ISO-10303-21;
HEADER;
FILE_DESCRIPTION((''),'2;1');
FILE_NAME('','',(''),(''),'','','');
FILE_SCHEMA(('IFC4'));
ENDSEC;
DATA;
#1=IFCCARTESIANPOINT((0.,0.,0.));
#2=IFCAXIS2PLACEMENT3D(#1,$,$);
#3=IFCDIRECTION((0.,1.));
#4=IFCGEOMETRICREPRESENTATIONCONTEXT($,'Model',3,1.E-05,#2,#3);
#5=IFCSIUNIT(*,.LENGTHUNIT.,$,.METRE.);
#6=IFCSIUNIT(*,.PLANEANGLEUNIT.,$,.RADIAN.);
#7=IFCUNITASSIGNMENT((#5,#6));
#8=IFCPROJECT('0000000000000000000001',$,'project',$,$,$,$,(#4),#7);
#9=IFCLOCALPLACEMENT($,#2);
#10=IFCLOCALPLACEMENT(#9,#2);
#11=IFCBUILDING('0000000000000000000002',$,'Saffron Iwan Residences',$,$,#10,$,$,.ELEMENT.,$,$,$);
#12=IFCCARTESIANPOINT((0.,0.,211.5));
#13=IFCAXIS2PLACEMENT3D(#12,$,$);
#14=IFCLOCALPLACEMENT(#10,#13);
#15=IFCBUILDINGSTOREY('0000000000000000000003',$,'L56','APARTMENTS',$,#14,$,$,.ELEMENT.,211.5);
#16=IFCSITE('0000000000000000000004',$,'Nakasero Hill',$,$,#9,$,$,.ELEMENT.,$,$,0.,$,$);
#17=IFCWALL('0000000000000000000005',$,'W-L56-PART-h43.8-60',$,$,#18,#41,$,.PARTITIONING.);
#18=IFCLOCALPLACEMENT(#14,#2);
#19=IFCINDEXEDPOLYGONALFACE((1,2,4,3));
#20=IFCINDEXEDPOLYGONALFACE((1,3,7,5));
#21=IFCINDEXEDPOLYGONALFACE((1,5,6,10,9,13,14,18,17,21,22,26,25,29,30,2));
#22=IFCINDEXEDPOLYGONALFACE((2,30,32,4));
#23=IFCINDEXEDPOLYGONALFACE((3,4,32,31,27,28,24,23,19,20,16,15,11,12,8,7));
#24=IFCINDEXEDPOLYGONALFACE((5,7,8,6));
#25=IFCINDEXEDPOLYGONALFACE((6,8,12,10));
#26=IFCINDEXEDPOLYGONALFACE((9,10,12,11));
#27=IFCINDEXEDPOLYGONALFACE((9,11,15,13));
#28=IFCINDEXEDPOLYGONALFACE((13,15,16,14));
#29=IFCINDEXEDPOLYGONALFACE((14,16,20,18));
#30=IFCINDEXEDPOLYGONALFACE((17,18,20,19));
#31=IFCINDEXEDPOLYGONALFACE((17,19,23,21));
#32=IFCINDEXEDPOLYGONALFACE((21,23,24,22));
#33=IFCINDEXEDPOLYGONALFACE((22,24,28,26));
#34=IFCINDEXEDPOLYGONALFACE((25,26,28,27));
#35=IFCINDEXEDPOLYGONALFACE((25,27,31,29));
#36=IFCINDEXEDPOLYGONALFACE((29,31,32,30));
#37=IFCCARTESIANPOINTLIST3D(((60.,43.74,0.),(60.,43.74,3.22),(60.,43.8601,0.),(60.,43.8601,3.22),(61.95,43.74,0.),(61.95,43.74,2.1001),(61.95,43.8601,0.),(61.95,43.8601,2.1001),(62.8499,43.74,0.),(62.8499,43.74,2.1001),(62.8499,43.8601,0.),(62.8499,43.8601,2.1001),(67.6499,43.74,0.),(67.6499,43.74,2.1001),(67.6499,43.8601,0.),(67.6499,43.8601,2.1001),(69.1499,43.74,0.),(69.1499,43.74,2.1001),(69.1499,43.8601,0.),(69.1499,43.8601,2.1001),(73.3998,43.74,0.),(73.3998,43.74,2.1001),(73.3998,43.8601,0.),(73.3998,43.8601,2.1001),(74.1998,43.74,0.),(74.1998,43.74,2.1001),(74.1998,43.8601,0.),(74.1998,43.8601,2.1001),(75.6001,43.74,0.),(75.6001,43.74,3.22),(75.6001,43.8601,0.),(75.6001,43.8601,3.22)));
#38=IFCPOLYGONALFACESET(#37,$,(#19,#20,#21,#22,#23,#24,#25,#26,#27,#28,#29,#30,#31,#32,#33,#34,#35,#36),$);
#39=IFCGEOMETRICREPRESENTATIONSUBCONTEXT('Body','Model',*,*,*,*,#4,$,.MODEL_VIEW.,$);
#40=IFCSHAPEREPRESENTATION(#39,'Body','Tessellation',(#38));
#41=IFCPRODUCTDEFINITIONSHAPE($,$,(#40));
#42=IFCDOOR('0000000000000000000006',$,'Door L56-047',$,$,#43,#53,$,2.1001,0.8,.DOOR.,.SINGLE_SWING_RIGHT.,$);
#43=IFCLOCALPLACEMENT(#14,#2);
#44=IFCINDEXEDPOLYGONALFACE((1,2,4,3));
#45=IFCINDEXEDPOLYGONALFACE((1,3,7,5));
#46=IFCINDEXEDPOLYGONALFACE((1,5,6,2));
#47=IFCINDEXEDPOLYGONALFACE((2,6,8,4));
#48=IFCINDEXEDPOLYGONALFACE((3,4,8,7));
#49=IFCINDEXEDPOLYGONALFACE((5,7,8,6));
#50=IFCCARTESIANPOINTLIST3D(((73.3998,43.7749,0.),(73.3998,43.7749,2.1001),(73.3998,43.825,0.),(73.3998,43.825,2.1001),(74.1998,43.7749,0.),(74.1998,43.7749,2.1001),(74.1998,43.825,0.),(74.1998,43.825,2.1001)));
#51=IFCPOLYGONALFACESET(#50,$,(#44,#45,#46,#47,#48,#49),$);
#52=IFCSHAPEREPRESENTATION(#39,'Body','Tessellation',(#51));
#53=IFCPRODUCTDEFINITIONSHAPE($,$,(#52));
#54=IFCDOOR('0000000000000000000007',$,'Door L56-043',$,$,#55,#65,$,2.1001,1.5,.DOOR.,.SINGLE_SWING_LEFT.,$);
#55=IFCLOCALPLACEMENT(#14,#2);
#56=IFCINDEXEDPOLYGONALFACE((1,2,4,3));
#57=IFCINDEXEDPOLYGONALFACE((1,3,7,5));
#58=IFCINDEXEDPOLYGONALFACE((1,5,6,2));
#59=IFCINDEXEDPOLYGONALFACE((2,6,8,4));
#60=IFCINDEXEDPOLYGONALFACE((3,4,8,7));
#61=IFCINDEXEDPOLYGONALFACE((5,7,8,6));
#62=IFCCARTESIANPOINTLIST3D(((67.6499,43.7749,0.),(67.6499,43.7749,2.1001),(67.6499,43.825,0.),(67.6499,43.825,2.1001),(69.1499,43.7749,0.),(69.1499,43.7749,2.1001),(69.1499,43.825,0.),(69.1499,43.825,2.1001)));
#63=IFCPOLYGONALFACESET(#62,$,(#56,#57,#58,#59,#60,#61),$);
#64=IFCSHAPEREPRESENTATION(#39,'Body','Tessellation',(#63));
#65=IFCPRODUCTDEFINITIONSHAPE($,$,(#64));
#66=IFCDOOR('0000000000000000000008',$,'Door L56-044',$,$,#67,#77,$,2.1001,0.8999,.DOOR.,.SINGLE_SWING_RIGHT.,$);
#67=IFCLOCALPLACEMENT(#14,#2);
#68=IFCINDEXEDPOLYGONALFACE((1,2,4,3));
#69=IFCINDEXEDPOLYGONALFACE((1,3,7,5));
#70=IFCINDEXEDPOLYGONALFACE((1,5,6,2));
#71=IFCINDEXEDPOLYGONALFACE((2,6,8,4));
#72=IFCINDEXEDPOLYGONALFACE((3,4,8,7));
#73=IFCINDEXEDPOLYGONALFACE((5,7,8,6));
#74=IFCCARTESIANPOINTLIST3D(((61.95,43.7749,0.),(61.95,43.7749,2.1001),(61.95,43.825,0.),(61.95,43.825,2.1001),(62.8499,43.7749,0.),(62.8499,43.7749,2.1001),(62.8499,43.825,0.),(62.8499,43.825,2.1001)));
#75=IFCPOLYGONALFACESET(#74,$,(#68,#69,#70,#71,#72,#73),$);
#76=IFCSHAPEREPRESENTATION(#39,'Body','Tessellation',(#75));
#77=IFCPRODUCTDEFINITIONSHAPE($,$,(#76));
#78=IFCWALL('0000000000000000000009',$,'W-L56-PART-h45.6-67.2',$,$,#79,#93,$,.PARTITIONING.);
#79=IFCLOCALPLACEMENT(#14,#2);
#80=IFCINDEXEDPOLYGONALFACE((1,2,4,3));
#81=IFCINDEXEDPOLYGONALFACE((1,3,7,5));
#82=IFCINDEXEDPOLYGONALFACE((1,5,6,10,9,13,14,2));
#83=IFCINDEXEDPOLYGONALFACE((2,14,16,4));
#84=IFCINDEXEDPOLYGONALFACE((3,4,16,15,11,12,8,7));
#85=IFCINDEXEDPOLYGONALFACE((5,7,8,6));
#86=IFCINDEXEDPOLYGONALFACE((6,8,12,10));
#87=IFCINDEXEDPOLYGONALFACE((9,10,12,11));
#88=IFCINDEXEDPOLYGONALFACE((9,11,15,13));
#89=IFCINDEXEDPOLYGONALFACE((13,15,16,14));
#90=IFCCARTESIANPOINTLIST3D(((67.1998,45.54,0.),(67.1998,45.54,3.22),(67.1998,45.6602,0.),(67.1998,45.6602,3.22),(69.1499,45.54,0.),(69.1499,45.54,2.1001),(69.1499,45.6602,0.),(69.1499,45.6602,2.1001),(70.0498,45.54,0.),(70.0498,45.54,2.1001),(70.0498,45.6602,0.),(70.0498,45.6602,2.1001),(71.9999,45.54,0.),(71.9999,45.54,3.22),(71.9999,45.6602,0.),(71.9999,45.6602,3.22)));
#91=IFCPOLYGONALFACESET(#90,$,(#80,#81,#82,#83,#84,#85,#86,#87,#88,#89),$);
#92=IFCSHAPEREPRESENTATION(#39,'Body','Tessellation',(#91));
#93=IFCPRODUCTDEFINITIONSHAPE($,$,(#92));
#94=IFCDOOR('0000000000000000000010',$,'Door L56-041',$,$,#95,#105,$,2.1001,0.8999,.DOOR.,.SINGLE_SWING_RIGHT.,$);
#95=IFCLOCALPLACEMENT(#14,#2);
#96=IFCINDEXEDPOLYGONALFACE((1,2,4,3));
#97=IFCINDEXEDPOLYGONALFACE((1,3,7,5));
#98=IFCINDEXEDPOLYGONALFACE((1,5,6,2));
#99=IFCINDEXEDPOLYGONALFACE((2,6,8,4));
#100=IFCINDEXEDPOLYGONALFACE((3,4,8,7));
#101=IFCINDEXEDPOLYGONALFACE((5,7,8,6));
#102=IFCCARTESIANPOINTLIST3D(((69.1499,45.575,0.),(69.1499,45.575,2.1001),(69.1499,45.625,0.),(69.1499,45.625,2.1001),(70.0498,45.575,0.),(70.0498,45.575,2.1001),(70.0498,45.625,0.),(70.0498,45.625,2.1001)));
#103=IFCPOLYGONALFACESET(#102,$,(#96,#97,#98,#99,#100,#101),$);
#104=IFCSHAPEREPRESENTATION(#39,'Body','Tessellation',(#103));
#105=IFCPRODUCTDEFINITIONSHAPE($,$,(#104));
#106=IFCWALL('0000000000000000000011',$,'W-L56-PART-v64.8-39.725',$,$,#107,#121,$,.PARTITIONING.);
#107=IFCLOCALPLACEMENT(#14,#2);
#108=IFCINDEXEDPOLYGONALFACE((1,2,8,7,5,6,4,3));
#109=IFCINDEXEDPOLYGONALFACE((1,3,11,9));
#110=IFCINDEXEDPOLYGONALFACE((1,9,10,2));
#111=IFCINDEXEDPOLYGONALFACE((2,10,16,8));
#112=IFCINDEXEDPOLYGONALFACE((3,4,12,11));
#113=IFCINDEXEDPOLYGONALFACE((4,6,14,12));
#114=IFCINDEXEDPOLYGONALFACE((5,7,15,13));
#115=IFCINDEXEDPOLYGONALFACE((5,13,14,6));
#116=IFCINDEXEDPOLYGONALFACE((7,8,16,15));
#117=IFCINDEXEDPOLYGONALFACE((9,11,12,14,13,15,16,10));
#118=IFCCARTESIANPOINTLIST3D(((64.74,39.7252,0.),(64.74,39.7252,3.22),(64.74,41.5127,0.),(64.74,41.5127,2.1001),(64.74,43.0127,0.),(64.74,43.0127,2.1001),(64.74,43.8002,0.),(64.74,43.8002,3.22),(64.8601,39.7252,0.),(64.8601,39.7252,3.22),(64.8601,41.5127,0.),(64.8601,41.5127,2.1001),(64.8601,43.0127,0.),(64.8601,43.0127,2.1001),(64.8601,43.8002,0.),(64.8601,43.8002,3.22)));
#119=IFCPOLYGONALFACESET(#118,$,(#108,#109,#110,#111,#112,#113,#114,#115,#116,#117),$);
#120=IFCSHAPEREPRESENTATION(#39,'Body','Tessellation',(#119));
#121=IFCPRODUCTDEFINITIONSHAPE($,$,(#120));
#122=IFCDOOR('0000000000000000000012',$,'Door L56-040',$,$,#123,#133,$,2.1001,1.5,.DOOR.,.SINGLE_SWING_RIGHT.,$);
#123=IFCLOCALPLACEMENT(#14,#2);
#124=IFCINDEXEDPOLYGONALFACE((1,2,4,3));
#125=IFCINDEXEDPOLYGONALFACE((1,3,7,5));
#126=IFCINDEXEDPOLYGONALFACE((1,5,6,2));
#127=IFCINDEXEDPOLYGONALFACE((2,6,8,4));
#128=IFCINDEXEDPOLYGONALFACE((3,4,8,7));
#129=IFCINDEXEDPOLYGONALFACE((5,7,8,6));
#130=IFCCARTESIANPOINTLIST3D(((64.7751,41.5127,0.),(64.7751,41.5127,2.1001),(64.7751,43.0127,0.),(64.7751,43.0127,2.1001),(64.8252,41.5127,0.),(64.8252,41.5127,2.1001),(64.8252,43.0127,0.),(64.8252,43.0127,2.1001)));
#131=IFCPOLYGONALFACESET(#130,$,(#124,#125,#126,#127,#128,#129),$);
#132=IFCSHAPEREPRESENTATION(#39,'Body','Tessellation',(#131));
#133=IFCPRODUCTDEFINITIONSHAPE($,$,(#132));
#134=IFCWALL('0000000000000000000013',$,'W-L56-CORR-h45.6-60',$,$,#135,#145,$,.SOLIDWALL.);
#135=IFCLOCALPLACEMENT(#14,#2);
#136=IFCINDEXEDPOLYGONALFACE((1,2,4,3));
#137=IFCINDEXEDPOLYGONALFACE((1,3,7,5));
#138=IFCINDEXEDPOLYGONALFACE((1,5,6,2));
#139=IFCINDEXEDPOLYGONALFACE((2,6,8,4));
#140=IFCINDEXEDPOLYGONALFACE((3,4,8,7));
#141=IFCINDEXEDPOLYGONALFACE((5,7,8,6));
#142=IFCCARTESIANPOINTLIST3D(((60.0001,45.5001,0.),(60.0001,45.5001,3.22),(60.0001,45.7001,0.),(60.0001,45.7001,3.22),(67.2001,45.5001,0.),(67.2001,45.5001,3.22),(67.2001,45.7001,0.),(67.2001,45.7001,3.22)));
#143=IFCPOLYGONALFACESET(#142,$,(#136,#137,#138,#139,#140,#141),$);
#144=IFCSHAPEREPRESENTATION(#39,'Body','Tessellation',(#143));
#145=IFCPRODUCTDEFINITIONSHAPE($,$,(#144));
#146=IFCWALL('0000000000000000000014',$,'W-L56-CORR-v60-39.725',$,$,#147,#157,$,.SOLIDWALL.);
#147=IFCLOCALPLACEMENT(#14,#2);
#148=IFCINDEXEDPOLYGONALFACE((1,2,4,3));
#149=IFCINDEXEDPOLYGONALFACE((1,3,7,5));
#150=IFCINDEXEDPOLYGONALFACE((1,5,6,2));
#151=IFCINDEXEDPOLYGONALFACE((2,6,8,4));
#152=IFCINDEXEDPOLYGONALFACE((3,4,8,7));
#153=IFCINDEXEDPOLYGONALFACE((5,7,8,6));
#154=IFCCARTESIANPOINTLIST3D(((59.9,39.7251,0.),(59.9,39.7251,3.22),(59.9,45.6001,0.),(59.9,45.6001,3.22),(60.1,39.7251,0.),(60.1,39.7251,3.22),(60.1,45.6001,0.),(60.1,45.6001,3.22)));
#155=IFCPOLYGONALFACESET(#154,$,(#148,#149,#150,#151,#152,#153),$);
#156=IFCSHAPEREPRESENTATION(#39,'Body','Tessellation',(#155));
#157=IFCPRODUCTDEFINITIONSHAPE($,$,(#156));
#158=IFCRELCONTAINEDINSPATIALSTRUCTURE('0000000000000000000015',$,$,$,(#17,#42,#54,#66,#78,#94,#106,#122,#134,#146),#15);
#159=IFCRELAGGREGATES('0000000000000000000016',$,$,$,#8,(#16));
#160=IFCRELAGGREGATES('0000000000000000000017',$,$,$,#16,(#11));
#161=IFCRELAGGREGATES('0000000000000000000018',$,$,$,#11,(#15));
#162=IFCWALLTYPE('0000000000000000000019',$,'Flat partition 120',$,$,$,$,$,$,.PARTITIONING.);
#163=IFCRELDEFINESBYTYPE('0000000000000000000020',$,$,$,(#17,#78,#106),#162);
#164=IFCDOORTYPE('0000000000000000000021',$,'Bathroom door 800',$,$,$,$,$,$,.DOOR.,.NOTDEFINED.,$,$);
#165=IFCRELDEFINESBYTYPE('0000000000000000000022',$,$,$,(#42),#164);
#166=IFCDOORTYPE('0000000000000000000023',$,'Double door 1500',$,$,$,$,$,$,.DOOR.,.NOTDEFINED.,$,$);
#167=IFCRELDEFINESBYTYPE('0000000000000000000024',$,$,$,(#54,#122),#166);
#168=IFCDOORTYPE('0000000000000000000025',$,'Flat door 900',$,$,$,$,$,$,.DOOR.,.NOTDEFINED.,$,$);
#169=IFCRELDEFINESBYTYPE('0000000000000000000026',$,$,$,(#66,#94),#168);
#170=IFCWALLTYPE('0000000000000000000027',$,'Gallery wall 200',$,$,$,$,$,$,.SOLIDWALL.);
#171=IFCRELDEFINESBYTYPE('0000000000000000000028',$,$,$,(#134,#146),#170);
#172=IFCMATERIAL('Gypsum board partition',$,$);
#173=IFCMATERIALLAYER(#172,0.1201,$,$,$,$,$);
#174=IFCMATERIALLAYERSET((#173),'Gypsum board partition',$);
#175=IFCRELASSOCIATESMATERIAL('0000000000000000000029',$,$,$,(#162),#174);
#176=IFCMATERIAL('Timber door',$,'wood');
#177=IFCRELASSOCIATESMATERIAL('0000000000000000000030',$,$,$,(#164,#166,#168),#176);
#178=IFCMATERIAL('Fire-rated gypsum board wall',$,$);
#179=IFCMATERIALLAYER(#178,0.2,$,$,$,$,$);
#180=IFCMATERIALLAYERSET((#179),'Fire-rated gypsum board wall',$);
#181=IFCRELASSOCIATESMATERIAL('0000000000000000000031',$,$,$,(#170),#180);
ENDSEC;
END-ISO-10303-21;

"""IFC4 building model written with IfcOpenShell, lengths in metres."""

from ifc_helpers import new_model, si_unit, direction, frame, frame_2d, origin, place, context, subcontext, project, spatial, rectangle, extrude, material, layer, layer_set, type_object, element, fill, save


model = new_model("IFC4")

# Units and contexts
model_context = context("Model", 3, precision=1e-05, world=origin(), true_north=direction((0.0, 1.0)))
body_context = subcontext(model_context, "Body", "Model", "MODEL_VIEW")
ifc_project = project(units=[si_unit("LENGTHUNIT", "METRE"), si_unit("PLANEANGLEUNIT", "RADIAN")], contexts=[model_context])

# Site, building, storey
site_placement = place(None, origin())
site = spatial("IfcSite", under=ifc_project, at=site_placement, Name="Nakasero Hill", CompositionType="ELEMENT", RefElevation=0.0)
building_placement = place(site_placement, origin())
building = spatial("IfcBuilding", under=site, at=building_placement, Name="Saffron Iwan Residences", CompositionType="ELEMENT")
storey_placement = place(building_placement, frame((0.0, 0.0, 211.5)))
storey = spatial("IfcBuildingStorey", under=building, at=storey_placement, Name="L56", Description="APARTMENTS", CompositionType="ELEMENT", Elevation=211.5)

# Wall, openings, doors
ifc_material_1 = material(Name="Gypsum board partition")
ifc_layer_1 = layer(ifc_material_1, 0.1201)
ifc_layer_set_1 = layer_set([ifc_layer_1], Name="Gypsum board partition")
wall_type_1 = type_object("IfcWallType", Name="Flat partition 120", PredefinedType="PARTITIONING", material=ifc_layer_set_1)
wall_1_placement = place(storey_placement, frame((60.0, 43.8, 0.0), z_axis=(0.0, 0.0, 1.0), x_axis=(1.0, 0.0, 0.0)))
wall_1 = element("IfcWall", 1, at=wall_1_placement, inside=storey, type_object=wall_type_1, Name="W-L56-PART-h43.8-60", PredefinedType="PARTITIONING", context=body_context, shape_type="SweptSolid", body=[
    extrude(rectangle(XDim=15.6001, YDim=0.1201, at=frame_2d((7.8, 0.0))), origin(), (0.0, 0.0, 1.0), 3.22),
])
opening_1_placement = place(wall_1_placement, frame((7.6499, 0.0, 0.0)))
opening_1 = element("IfcOpeningElement", 2, at=opening_1_placement, cuts=wall_1, PredefinedType="OPENING", context=body_context, shape_type="SweptSolid", body=[
    extrude(rectangle(XDim=1.5, YDim=2.1001, at=frame_2d((0.75, 1.05))), frame((0.0, 0.0701, 0.0), z_axis=(0.0, -1.0, 0.0), x_axis=(1.0, 0.0, 0.0)), (0.0, 0.0, 1.0), 0.1401),
])
opening_2_placement = place(wall_1_placement, frame((1.95, 0.0, 0.0)))
opening_2 = element("IfcOpeningElement", 3, at=opening_2_placement, cuts=wall_1, PredefinedType="OPENING", context=body_context, shape_type="SweptSolid", body=[
    extrude(rectangle(XDim=0.8999, YDim=2.1001, at=frame_2d((0.45, 1.05))), frame((0.0, 0.0701, 0.0), z_axis=(0.0, -1.0, 0.0), x_axis=(1.0, 0.0, 0.0)), (0.0, 0.0, 1.0), 0.1401),
])
opening_3_placement = place(wall_1_placement, frame((13.3999, 0.0, 0.0)))
opening_3 = element("IfcOpeningElement", 4, at=opening_3_placement, cuts=wall_1, PredefinedType="OPENING", context=body_context, shape_type="SweptSolid", body=[
    extrude(rectangle(XDim=0.8, YDim=2.1001, at=frame_2d((0.3999, 1.05))), frame((0.0, 0.0701, 0.0), z_axis=(0.0, -1.0, 0.0), x_axis=(1.0, 0.0, 0.0)), (0.0, 0.0, 1.0), 0.1401),
])
ifc_material_2 = material(Name="Timber door", Category="wood")
door_type_1 = type_object("IfcDoorType", Name="Bathroom door 800", OperationType="NOTDEFINED", PredefinedType="DOOR", material=ifc_material_2)
door_1_placement = place(opening_3_placement, origin())
door_1 = element("IfcDoor", 5, at=door_1_placement, inside=storey, type_object=door_type_1, Name="Door L56-047", OperationType="SINGLE_SWING_RIGHT", OverallHeight=2.1001, OverallWidth=0.8, PredefinedType="DOOR", context=body_context, shape_type="SweptSolid", body=[
    extrude(rectangle(XDim=0.8, YDim=2.1001, at=frame_2d((0.3999, 1.05))), frame((0.0, 0.0249, 0.0), z_axis=(0.0, -1.0, 0.0), x_axis=(1.0, 0.0, 0.0)), (0.0, 0.0, 1.0), 0.05),
])
fill(opening_3, door_1)
door_type_2 = type_object("IfcDoorType", Name="Double door 1500", OperationType="NOTDEFINED", PredefinedType="DOOR", material=ifc_material_2)
door_2_placement = place(opening_1_placement, origin())
door_2 = element("IfcDoor", 6, at=door_2_placement, inside=storey, type_object=door_type_2, Name="Door L56-043", OperationType="SINGLE_SWING_LEFT", OverallHeight=2.1001, OverallWidth=1.5, PredefinedType="DOOR", context=body_context, shape_type="SweptSolid", body=[
    extrude(rectangle(XDim=1.5, YDim=2.1001, at=frame_2d((0.75, 1.05))), frame((0.0, 0.0249, 0.0), z_axis=(0.0, -1.0, 0.0), x_axis=(1.0, 0.0, 0.0)), (0.0, 0.0, 1.0), 0.05),
])
fill(opening_1, door_2)
door_type_3 = type_object("IfcDoorType", Name="Flat door 900", OperationType="NOTDEFINED", PredefinedType="DOOR", material=ifc_material_2)
door_3_placement = place(opening_2_placement, origin())
door_3 = element("IfcDoor", 7, at=door_3_placement, inside=storey, type_object=door_type_3, Name="Door L56-044", OperationType="SINGLE_SWING_RIGHT", OverallHeight=2.1001, OverallWidth=0.8999, PredefinedType="DOOR", context=body_context, shape_type="SweptSolid", body=[
    extrude(rectangle(XDim=0.8999, YDim=2.1001, at=frame_2d((0.45, 1.05))), frame((0.0, 0.0249, 0.0), z_axis=(0.0, -1.0, 0.0), x_axis=(1.0, 0.0, 0.0)), (0.0, 0.0, 1.0), 0.05),
])
fill(opening_2, door_3)

# Walls, openings, doors
wall_2_placement = place(storey_placement, frame((67.2, 45.6001, 0.0), z_axis=(0.0, 0.0, 1.0), x_axis=(1.0, 0.0, 0.0)))
wall_2 = element("IfcWall", 8, at=wall_2_placement, inside=storey, type_object=wall_type_1, Name="W-L56-PART-h45.6-67.2", PredefinedType="PARTITIONING", context=body_context, shape_type="SweptSolid", body=[
    extrude(rectangle(XDim=4.8, YDim=0.1201, at=frame_2d((2.3999, 0.0))), origin(), (0.0, 0.0, 1.0), 3.22),
])
opening_4_placement = place(wall_2_placement, frame((1.95, 0.0, 0.0)))
opening_4 = element("IfcOpeningElement", 9, at=opening_4_placement, cuts=wall_2, PredefinedType="OPENING", context=body_context, shape_type="SweptSolid", body=[
    extrude(rectangle(XDim=0.8999, YDim=2.1001, at=frame_2d((0.45, 1.05))), frame((0.0, 0.0701, 0.0), z_axis=(0.0, -1.0, 0.0), x_axis=(1.0, 0.0, 0.0)), (0.0, 0.0, 1.0), 0.1401),
])
door_4_placement = place(opening_4_placement, origin())
door_4 = element("IfcDoor", 10, at=door_4_placement, inside=storey, type_object=door_type_3, Name="Door L56-041", OperationType="SINGLE_SWING_RIGHT", OverallHeight=2.1001, OverallWidth=0.8999, PredefinedType="DOOR", context=body_context, shape_type="SweptSolid", body=[
    extrude(rectangle(XDim=0.8999, YDim=2.1001, at=frame_2d((0.45, 1.05))), frame((0.0, 0.0249, 0.0), z_axis=(0.0, -1.0, 0.0), x_axis=(1.0, 0.0, 0.0)), (0.0, 0.0, 1.0), 0.05),
])
fill(opening_4, door_4)
wall_3_placement = place(storey_placement, frame((64.8, 39.7251, 0.0), z_axis=(0.0, 0.0, 1.0), x_axis=(0.0, 1.0, 0.0)))
wall_3 = element("IfcWall", 11, at=wall_3_placement, inside=storey, type_object=wall_type_1, Name="W-L56-PART-v64.8-39.725", PredefinedType="PARTITIONING", context=body_context, shape_type="SweptSolid", body=[
    extrude(rectangle(XDim=4.075, YDim=0.1201, at=frame_2d((2.0376, 0.0))), origin(), (0.0, 0.0, 1.0), 3.22),
])
opening_5_placement = place(wall_3_placement, frame((1.7876, 0.0, 0.0)))
opening_5 = element("IfcOpeningElement", 12, at=opening_5_placement, cuts=wall_3, PredefinedType="OPENING", context=body_context, shape_type="SweptSolid", body=[
    extrude(rectangle(XDim=1.5, YDim=2.1001, at=frame_2d((0.75, 1.05))), frame((0.0, 0.0701, 0.0), z_axis=(0.0, -1.0, 0.0), x_axis=(1.0, 0.0, 0.0)), (0.0, 0.0, 1.0), 0.1401),
])
door_5_placement = place(opening_5_placement, origin())
door_5 = element("IfcDoor", 13, at=door_5_placement, inside=storey, type_object=door_type_2, Name="Door L56-040", OperationType="SINGLE_SWING_RIGHT", OverallHeight=2.1001, OverallWidth=1.5, PredefinedType="DOOR", context=body_context, shape_type="SweptSolid", body=[
    extrude(rectangle(XDim=1.5, YDim=2.1001, at=frame_2d((0.75, 1.05))), frame((0.0, 0.0249, 0.0), z_axis=(0.0, -1.0, 0.0), x_axis=(1.0, 0.0, 0.0)), (0.0, 0.0, 1.0), 0.05),
])
fill(opening_5, door_5)

# Walls
ifc_material_3 = material(Name="Fire-rated gypsum board wall")
ifc_layer_2 = layer(ifc_material_3, 0.2)
ifc_layer_set_2 = layer_set([ifc_layer_2], Name="Fire-rated gypsum board wall")
wall_type_2 = type_object("IfcWallType", Name="Gallery wall 200", PredefinedType="SOLIDWALL", material=ifc_layer_set_2)
wall_4_placement = place(storey_placement, frame((60.0, 45.6001, 0.0), z_axis=(0.0, 0.0, 1.0), x_axis=(1.0, 0.0, 0.0)))
element("IfcWall", 14, at=wall_4_placement, inside=storey, type_object=wall_type_2, Name="W-L56-CORR-h45.6-60", PredefinedType="SOLIDWALL", context=body_context, shape_type="SweptSolid", body=[
    extrude(rectangle(XDim=7.2, YDim=0.2, at=frame_2d((3.6001, 0.0))), origin(), (0.0, 0.0, 1.0), 3.22),
])
wall_5_placement = place(storey_placement, frame((60.0, 39.7251, 0.0), z_axis=(0.0, 0.0, 1.0), x_axis=(0.0, 1.0, 0.0)))
element("IfcWall", 15, at=wall_5_placement, inside=storey, type_object=wall_type_2, Name="W-L56-CORR-v60-39.725", PredefinedType="SOLIDWALL", context=body_context, shape_type="SweptSolid", body=[
    extrude(rectangle(XDim=5.875, YDim=0.2, at=frame_2d((2.9375, 0.0))), origin(), (0.0, 0.0, 1.0), 3.22),
])

save(model, "model.ifc")
